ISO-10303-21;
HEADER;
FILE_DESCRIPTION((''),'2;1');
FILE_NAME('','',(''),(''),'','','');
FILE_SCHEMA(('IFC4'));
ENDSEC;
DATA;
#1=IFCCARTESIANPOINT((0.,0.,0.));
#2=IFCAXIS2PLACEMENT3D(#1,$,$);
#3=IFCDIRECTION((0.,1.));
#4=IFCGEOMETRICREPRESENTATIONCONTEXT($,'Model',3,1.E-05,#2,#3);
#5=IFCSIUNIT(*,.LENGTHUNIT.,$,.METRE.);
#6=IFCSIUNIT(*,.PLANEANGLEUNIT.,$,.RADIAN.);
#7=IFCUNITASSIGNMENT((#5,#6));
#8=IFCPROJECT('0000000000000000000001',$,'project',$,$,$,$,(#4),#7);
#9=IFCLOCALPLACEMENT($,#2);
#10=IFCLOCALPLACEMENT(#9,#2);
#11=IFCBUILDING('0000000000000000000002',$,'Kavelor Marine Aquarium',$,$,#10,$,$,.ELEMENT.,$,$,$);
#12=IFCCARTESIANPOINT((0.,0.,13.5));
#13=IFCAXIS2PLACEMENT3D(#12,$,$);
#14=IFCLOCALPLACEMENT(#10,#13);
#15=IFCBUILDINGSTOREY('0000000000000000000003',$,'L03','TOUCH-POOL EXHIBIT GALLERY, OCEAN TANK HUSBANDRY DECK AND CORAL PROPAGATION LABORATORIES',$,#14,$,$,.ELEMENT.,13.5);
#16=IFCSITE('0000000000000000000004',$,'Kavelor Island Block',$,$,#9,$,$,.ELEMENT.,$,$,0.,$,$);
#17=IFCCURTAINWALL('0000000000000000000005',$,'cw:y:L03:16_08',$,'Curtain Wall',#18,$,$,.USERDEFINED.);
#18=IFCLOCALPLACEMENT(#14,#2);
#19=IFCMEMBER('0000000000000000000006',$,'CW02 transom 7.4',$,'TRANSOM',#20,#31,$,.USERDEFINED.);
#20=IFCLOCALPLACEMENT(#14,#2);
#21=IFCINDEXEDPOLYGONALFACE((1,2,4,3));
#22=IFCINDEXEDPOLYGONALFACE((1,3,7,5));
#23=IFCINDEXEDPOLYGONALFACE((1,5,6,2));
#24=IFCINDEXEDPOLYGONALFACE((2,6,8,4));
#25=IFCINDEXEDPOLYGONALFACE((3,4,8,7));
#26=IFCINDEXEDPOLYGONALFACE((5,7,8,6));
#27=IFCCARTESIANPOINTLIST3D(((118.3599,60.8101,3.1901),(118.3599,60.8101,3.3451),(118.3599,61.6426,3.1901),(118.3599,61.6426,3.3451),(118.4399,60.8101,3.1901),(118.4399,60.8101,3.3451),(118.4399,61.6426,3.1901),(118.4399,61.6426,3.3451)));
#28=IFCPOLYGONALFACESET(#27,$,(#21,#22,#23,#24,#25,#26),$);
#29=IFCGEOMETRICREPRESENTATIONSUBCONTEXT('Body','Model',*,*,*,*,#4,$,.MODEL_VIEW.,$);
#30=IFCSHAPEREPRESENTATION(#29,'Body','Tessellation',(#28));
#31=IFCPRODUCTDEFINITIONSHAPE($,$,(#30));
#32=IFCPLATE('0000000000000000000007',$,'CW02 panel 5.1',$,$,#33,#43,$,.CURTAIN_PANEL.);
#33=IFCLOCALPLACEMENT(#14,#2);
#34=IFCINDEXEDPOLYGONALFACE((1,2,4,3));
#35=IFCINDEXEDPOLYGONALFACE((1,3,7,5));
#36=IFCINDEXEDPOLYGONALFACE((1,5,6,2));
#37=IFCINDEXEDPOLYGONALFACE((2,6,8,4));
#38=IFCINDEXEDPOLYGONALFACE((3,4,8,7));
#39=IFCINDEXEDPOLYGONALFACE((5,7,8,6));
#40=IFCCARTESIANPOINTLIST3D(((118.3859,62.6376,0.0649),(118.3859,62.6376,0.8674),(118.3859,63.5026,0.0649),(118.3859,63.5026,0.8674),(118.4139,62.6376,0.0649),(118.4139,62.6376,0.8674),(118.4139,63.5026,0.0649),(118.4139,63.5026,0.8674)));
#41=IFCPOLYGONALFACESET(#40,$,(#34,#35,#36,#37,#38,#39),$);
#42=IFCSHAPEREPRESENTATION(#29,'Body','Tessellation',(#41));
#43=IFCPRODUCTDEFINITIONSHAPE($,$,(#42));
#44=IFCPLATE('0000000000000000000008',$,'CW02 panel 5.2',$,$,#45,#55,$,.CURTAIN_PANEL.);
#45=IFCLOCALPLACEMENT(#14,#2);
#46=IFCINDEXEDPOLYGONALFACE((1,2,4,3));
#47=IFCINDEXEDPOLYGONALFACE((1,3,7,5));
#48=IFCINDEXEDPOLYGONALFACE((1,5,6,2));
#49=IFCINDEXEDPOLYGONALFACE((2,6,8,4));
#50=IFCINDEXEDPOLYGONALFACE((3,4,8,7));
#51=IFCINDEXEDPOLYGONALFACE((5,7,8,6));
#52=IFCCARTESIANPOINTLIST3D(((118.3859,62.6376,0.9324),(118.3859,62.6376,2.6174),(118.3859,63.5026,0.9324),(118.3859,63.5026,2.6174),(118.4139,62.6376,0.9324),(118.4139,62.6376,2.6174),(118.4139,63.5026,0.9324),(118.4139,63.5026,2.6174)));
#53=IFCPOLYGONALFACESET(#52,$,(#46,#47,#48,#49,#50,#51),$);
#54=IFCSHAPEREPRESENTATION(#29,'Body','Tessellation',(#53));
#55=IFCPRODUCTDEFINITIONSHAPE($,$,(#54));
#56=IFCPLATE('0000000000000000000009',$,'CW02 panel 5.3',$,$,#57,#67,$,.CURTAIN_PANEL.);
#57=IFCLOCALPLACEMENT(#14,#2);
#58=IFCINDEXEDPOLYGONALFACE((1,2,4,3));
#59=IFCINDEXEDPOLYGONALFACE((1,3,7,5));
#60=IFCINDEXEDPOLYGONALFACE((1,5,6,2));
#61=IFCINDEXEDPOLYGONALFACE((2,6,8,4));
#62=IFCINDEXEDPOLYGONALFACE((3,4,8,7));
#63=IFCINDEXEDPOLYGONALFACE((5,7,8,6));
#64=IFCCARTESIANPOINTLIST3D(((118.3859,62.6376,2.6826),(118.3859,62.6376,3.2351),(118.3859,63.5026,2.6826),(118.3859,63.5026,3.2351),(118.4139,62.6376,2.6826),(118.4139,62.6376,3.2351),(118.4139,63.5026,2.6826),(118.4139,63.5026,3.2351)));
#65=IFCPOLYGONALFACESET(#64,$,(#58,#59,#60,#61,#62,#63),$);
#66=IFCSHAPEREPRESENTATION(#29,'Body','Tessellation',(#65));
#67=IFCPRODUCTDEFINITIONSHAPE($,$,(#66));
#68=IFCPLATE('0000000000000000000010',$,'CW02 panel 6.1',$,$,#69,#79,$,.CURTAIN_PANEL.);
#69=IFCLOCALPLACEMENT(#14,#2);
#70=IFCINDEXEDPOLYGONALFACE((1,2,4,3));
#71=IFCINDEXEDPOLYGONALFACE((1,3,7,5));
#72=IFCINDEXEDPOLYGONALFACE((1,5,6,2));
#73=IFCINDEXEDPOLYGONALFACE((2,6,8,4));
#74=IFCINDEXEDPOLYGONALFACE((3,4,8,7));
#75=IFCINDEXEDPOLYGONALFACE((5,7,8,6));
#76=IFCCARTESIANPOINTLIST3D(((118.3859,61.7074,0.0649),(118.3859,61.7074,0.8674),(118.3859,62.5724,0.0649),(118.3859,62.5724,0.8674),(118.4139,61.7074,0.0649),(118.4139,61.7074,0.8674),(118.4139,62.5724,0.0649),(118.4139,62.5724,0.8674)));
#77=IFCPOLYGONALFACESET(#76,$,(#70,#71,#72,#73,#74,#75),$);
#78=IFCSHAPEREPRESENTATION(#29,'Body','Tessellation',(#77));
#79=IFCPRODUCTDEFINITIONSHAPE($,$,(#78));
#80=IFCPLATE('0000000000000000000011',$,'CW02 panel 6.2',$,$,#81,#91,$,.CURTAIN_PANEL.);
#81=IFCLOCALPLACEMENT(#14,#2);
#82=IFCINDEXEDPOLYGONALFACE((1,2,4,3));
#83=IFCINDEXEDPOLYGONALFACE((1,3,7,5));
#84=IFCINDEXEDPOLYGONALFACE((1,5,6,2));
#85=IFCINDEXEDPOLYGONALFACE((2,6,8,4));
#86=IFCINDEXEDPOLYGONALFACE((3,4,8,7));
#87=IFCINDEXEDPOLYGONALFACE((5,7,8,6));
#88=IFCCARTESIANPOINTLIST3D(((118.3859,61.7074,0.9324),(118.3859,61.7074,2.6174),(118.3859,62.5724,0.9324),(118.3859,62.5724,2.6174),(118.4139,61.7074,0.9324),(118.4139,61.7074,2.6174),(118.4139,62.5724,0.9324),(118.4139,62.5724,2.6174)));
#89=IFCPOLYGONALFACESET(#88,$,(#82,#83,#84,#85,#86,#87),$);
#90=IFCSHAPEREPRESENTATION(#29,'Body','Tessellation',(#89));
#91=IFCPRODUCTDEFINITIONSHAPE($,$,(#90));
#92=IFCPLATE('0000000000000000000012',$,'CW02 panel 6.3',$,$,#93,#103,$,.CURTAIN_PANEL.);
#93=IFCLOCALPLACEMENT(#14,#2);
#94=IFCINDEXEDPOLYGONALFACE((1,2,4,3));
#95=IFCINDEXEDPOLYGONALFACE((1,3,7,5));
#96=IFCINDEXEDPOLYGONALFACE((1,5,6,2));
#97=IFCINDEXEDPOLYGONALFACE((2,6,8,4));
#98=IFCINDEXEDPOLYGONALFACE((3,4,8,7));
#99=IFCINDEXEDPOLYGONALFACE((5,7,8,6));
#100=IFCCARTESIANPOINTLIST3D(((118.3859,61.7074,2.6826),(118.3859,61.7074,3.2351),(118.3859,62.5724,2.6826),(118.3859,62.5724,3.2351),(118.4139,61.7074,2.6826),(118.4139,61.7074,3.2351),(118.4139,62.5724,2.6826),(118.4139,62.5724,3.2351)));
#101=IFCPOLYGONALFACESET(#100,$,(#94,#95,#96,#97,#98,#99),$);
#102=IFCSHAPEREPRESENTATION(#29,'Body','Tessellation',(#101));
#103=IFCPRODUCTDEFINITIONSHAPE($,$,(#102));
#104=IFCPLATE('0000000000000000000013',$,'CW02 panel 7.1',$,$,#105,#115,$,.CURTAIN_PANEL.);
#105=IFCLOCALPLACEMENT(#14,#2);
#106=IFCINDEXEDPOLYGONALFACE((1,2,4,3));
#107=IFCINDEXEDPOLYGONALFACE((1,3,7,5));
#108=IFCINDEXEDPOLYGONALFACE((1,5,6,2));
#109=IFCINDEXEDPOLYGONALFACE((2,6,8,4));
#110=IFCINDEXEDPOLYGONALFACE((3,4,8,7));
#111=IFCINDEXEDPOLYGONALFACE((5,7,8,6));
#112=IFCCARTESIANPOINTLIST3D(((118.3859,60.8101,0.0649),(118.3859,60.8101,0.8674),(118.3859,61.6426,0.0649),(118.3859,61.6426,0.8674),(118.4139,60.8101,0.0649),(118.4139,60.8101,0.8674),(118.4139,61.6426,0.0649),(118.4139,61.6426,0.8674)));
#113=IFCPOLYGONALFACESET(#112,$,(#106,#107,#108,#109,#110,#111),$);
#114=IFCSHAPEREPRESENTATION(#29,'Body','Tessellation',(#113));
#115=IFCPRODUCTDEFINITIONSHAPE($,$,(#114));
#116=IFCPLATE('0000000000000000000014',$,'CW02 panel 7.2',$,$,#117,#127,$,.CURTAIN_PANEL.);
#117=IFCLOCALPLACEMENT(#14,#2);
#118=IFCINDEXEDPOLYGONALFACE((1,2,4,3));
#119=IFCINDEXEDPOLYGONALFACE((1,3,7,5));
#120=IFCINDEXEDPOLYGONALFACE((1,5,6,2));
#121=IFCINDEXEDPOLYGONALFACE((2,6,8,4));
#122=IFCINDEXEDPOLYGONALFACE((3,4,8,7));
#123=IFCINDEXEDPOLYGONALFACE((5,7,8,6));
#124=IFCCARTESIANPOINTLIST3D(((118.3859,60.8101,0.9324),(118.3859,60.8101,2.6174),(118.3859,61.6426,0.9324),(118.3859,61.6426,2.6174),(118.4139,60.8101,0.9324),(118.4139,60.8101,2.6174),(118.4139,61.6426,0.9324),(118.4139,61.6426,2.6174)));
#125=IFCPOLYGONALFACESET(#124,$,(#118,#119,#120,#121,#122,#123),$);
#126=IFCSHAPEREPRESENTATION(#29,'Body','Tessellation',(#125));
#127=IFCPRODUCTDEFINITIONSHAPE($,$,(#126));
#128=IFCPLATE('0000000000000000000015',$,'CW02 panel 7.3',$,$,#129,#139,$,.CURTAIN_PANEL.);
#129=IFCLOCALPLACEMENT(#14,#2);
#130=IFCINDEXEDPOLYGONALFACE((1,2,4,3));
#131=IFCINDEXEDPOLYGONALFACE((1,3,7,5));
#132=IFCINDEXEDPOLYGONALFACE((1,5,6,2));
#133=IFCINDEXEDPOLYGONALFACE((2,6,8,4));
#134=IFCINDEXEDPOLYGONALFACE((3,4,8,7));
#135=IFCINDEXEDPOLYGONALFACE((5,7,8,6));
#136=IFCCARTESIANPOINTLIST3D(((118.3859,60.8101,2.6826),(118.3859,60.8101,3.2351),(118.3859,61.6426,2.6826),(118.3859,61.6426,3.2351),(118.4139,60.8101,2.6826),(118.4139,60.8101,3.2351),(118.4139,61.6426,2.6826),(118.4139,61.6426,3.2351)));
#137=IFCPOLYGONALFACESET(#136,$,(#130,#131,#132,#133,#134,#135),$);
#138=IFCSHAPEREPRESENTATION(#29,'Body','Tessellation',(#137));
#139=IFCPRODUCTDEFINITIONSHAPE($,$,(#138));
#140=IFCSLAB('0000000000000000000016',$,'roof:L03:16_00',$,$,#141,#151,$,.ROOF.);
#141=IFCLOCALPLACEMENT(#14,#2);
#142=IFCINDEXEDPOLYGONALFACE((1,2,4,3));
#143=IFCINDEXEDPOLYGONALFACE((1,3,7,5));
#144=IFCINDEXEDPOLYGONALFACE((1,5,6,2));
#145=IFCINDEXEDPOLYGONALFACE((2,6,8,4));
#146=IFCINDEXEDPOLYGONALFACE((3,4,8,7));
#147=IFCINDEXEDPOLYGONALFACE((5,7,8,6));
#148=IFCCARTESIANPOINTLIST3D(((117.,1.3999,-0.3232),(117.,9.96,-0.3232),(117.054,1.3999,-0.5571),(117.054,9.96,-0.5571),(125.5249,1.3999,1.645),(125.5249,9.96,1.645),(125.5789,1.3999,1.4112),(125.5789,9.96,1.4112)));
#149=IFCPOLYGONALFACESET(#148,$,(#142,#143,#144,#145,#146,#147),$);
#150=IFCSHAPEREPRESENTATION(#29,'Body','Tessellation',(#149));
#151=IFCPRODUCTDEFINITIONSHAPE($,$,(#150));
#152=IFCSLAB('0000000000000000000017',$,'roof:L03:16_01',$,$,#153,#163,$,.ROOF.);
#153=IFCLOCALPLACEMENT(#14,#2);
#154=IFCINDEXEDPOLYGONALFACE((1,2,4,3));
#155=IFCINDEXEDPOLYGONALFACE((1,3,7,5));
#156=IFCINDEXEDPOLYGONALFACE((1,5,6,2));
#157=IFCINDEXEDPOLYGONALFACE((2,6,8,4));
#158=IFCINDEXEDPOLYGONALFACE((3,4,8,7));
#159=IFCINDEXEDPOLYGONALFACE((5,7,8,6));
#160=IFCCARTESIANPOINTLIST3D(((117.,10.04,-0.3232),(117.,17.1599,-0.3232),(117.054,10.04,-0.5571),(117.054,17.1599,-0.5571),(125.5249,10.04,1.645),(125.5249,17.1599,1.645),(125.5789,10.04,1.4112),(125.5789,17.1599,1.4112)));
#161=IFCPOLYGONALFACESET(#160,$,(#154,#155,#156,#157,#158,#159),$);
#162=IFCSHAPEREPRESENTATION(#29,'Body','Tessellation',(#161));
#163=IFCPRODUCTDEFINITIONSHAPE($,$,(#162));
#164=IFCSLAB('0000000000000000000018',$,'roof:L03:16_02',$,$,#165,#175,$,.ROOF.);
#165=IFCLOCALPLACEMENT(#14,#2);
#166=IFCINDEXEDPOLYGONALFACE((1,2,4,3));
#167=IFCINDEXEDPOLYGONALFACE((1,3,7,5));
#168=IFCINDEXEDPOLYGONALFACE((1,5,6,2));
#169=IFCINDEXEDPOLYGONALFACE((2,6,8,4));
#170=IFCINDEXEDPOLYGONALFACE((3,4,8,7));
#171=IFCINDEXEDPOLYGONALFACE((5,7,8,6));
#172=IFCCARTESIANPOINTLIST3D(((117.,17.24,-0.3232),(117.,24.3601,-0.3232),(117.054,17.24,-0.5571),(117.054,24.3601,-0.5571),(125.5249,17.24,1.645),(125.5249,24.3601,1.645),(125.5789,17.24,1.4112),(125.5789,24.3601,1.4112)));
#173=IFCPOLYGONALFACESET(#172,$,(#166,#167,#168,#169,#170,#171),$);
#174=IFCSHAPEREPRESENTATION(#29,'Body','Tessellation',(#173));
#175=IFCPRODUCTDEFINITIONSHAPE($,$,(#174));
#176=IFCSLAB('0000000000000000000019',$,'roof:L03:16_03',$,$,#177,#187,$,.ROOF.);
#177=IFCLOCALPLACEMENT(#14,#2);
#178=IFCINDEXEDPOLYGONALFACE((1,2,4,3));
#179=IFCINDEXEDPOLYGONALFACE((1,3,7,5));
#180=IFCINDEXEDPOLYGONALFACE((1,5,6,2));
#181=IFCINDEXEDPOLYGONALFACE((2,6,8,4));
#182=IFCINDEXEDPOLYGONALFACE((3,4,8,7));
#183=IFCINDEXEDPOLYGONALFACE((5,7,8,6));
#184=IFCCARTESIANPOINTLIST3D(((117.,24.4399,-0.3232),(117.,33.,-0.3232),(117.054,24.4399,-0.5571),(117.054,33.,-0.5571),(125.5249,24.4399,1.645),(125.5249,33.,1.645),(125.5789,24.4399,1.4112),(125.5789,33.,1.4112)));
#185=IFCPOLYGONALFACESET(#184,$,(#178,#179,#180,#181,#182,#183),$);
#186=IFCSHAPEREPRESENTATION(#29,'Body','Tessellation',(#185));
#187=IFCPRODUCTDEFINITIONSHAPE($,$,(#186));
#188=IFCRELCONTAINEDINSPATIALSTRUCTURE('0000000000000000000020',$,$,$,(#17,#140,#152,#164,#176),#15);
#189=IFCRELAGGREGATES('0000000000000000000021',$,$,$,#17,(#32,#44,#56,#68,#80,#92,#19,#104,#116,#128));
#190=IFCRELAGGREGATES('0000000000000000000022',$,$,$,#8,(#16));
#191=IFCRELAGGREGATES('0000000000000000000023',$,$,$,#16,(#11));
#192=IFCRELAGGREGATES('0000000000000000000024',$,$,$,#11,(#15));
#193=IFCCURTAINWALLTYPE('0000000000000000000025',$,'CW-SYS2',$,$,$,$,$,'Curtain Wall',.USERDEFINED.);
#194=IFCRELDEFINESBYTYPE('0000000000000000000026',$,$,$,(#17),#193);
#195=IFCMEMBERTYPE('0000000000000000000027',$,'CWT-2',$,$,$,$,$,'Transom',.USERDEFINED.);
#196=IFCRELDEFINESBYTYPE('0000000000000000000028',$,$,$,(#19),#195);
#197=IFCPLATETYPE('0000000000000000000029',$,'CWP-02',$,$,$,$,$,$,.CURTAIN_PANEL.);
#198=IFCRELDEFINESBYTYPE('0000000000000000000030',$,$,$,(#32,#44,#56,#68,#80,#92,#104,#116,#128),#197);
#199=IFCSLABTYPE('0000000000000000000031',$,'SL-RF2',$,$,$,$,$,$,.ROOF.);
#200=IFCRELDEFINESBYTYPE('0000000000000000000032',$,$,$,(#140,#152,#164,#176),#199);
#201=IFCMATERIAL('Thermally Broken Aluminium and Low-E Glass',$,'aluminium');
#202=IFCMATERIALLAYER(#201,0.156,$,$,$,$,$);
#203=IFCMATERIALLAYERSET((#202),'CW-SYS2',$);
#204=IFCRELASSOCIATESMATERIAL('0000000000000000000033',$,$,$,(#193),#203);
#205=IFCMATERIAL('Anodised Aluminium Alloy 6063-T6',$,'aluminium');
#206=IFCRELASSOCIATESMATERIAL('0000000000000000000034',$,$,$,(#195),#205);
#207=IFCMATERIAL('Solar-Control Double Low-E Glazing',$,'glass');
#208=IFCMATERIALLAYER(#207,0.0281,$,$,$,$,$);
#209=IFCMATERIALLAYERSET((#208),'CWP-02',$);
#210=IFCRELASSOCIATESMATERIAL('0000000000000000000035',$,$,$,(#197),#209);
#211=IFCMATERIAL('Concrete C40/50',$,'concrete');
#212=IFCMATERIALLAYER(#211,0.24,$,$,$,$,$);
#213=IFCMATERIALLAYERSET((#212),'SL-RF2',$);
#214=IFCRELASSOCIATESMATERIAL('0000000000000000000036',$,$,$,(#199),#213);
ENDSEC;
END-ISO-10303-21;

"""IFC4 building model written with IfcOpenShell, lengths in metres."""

from ifc_helpers import new_model, si_unit, direction, frame, origin, origin_2d, place, context, subcontext, project, spatial, polyline, rectangle, outline, extrude, material, layer, layer_set, material_profile, profile_set, type_object, element, aggregate, save


model = new_model("IFC4")

# Units and contexts
model_context = context("Model", 3, precision=1e-05, world=origin(), true_north=direction((0.0, 1.0)))
body_context = subcontext(model_context, "Body", "Model", "MODEL_VIEW")
ifc_project = project(units=[si_unit("LENGTHUNIT", "METRE"), si_unit("PLANEANGLEUNIT", "RADIAN")], contexts=[model_context])

# Site, building, storey
site_placement = place(None, origin())
site = spatial("IfcSite", under=ifc_project, at=site_placement, Name="Kavelor Island Block", CompositionType="ELEMENT", RefElevation=0.0)
building_placement = place(site_placement, origin())
building = spatial("IfcBuilding", under=site, at=building_placement, Name="Kavelor Marine Aquarium", CompositionType="ELEMENT")
storey_placement = place(building_placement, frame((0.0, 0.0, 13.5)))
storey = spatial("IfcBuildingStorey", under=building, at=storey_placement, Name="L03", Description="TOUCH-POOL EXHIBIT GALLERY, OCEAN TANK HUSBANDRY DECK AND CORAL PROPAGATION LABORATORIES", CompositionType="ELEMENT", Elevation=13.5)

# Curtain wall, member, plates
ifc_material_1 = material(Name="Thermally Broken Aluminium and Low-E Glass", Category="aluminium")
ifc_layer_1 = layer(ifc_material_1, 0.156)
ifc_layer_set_1 = layer_set([ifc_layer_1], Name="CW-SYS2")
curtain_wall_type = type_object("IfcCurtainWallType", Name="CW-SYS2", ElementType="Curtain Wall", PredefinedType="USERDEFINED", material=ifc_layer_set_1)
curtain_wall_placement = place(storey_placement, origin())
curtain_wall = element("IfcCurtainWall", 1, at=curtain_wall_placement, inside=storey, type_object=curtain_wall_type, Name="cw:y:L03:16_08", ObjectType="Curtain Wall", PredefinedType="USERDEFINED")
ifc_material_2 = material(Name="Anodised Aluminium Alloy 6063-T6", Category="aluminium")
ifc_material_profile_1 = material_profile(ifc_material_2, rectangle(XDim=0.0801, YDim=0.155, at=origin_2d()), Name="CW-TRN 80x155")
ifc_profile_set_1 = profile_set([ifc_material_profile_1], Name="Anodised Aluminium Alloy 6063-T6")
member_type_1 = type_object("IfcMemberType", Name="CWT-2", ElementType="Transom", PredefinedType="USERDEFINED", material=ifc_profile_set_1)
member_1_placement = place(storey_placement, frame((118.3999, 61.6426, 3.2676), z_axis=(0.0, -1.0, 0.0), x_axis=(1.0, 0.0, 0.0)))
member_1 = element("IfcMember", 2, at=member_1_placement, type_object=member_type_1, Name="CW02 transom 7.4", ObjectType="TRANSOM", PredefinedType="USERDEFINED", context=body_context, shape_type="SweptSolid", body=[
    extrude(rectangle(XDim=0.0801, YDim=0.155, at=origin_2d()), origin(), (0.0, 0.0, 1.0), 0.8325),
])
ifc_material_3 = material(Name="Solar-Control Double Low-E Glazing", Category="glass")
ifc_layer_2 = layer(ifc_material_3, 0.0281)
ifc_layer_set_2 = layer_set([ifc_layer_2], Name="CWP-02")
plate_type = type_object("IfcPlateType", Name="CWP-02", PredefinedType="CURTAIN_PANEL", material=ifc_layer_set_2)
plate_1_placement = place(storey_placement, frame((118.3999, 63.0701, 0.0649), z_axis=(0.0, 0.0, 1.0), x_axis=(0.0, -1.0, 0.0)))
plate_1 = element("IfcPlate", 3, at=plate_1_placement, type_object=plate_type, Name="CW02 panel 5.1", PredefinedType="CURTAIN_PANEL", context=body_context, shape_type="SweptSolid", body=[
    extrude(rectangle(XDim=0.865, YDim=0.0281, at=origin_2d()), origin(), (0.0, 0.0, 1.0), 0.8025),
])
plate_2_placement = place(storey_placement, frame((118.3999, 63.0701, 0.9324), z_axis=(0.0, 0.0, 1.0), x_axis=(0.0, -1.0, 0.0)))
plate_2 = element("IfcPlate", 4, at=plate_2_placement, type_object=plate_type, Name="CW02 panel 5.2", PredefinedType="CURTAIN_PANEL", context=body_context, shape_type="SweptSolid", body=[
    extrude(rectangle(XDim=0.865, YDim=0.0281, at=origin_2d()), origin(), (0.0, 0.0, 1.0), 1.6851),
])
plate_3_placement = place(storey_placement, frame((118.3999, 63.0701, 2.6826), z_axis=(0.0, 0.0, 1.0), x_axis=(0.0, -1.0, 0.0)))
plate_3 = element("IfcPlate", 5, at=plate_3_placement, type_object=plate_type, Name="CW02 panel 5.3", PredefinedType="CURTAIN_PANEL", context=body_context, shape_type="SweptSolid", body=[
    extrude(rectangle(XDim=0.865, YDim=0.0281, at=origin_2d()), origin(), (0.0, 0.0, 1.0), 0.5525),
])
plate_4_placement = place(storey_placement, frame((118.3999, 62.1399, 0.0649), z_axis=(0.0, 0.0, 1.0), x_axis=(0.0, -1.0, 0.0)))
plate_4 = element("IfcPlate", 6, at=plate_4_placement, type_object=plate_type, Name="CW02 panel 6.1", PredefinedType="CURTAIN_PANEL", context=body_context, shape_type="SweptSolid", body=[
    extrude(rectangle(XDim=0.865, YDim=0.0281, at=origin_2d()), origin(), (0.0, 0.0, 1.0), 0.8025),
])
plate_5_placement = place(storey_placement, frame((118.3999, 62.1399, 0.9324), z_axis=(0.0, 0.0, 1.0), x_axis=(0.0, -1.0, 0.0)))
plate_5 = element("IfcPlate", 7, at=plate_5_placement, type_object=plate_type, Name="CW02 panel 6.2", PredefinedType="CURTAIN_PANEL", context=body_context, shape_type="SweptSolid", body=[
    extrude(rectangle(XDim=0.865, YDim=0.0281, at=origin_2d()), origin(), (0.0, 0.0, 1.0), 1.6851),
])
plate_6_placement = place(storey_placement, frame((118.3999, 62.1399, 2.6826), z_axis=(0.0, 0.0, 1.0), x_axis=(0.0, -1.0, 0.0)))
plate_6 = element("IfcPlate", 8, at=plate_6_placement, type_object=plate_type, Name="CW02 panel 6.3", PredefinedType="CURTAIN_PANEL", context=body_context, shape_type="SweptSolid", body=[
    extrude(rectangle(XDim=0.865, YDim=0.0281, at=origin_2d()), origin(), (0.0, 0.0, 1.0), 0.5525),
])
plate_7_placement = place(storey_placement, frame((118.3999, 61.2263, 0.0649), z_axis=(0.0, 0.0, 1.0), x_axis=(0.0, -1.0, 0.0)))
plate_7 = element("IfcPlate", 9, at=plate_7_placement, type_object=plate_type, Name="CW02 panel 7.1", PredefinedType="CURTAIN_PANEL", context=body_context, shape_type="SweptSolid", body=[
    extrude(rectangle(XDim=0.8325, YDim=0.0281, at=origin_2d()), origin(), (0.0, 0.0, 1.0), 0.8025),
])
plate_8_placement = place(storey_placement, frame((118.3999, 61.2263, 0.9324), z_axis=(0.0, 0.0, 1.0), x_axis=(0.0, -1.0, 0.0)))
plate_8 = element("IfcPlate", 10, at=plate_8_placement, type_object=plate_type, Name="CW02 panel 7.2", PredefinedType="CURTAIN_PANEL", context=body_context, shape_type="SweptSolid", body=[
    extrude(rectangle(XDim=0.8325, YDim=0.0281, at=origin_2d()), origin(), (0.0, 0.0, 1.0), 1.6851),
])
plate_9_placement = place(storey_placement, frame((118.3999, 61.2263, 2.6826), z_axis=(0.0, 0.0, 1.0), x_axis=(0.0, -1.0, 0.0)))
plate_9 = element("IfcPlate", 11, at=plate_9_placement, type_object=plate_type, Name="CW02 panel 7.3", PredefinedType="CURTAIN_PANEL", context=body_context, shape_type="SweptSolid", body=[
    extrude(rectangle(XDim=0.8325, YDim=0.0281, at=origin_2d()), origin(), (0.0, 0.0, 1.0), 0.5525),
])
aggregate(curtain_wall, [plate_1, plate_2, plate_3, plate_4, plate_5, plate_6, member_1, plate_7, plate_8, plate_9])

# Slabs
ifc_material_4 = material(Name="Concrete C40/50", Category="concrete")
ifc_layer_3 = layer(ifc_material_4, 0.24)
ifc_layer_set_3 = layer_set([ifc_layer_3], Name="SL-RF2")
slab_type = type_object("IfcSlabType", Name="SL-RF2", PredefinedType="ROOF", material=ifc_layer_set_3)
slab_1_placement = place(storey_placement, frame((117.0, 1.3999, -0.3232), z_axis=(-0.224965, 0.0, 0.974367), x_axis=(0.974367, 0.0, 0.224965)))
element("IfcSlab", 12, at=slab_1_placement, inside=storey, type_object=slab_type, Name="roof:L03:16_00", PredefinedType="ROOF", context=body_context, shape_type="SweptSolid", body=[
    extrude(outline(polyline([(0.0, 0.0), (8.7492, 0.0), (8.7492, 8.5601), (0.0, 8.5601), (0.0, 0.0)])), origin(), (0.0, 0.0, -1.0), 0.24),
])
slab_2_placement = place(storey_placement, frame((117.0, 10.04, -0.3232), z_axis=(-0.224965, 0.0, 0.974367), x_axis=(0.974367, 0.0, 0.224965)))
element("IfcSlab", 13, at=slab_2_placement, inside=storey, type_object=slab_type, Name="roof:L03:16_01", PredefinedType="ROOF", context=body_context, shape_type="SweptSolid", body=[
    extrude(outline(polyline([(0.0, 0.0), (8.7492, 0.0), (8.7492, 7.1199), (0.0, 7.1199), (0.0, 0.0)])), origin(), (0.0, 0.0, -1.0), 0.24),
])
slab_3_placement = place(storey_placement, frame((117.0, 17.24, -0.3232), z_axis=(-0.224965, 0.0, 0.974367), x_axis=(0.974367, 0.0, 0.224965)))
element("IfcSlab", 14, at=slab_3_placement, inside=storey, type_object=slab_type, Name="roof:L03:16_02", PredefinedType="ROOF", context=body_context, shape_type="SweptSolid", body=[
    extrude(outline(polyline([(0.0, 0.0), (8.7492, 0.0), (8.7492, 7.1201), (0.0, 7.1201), (0.0, 0.0)])), origin(), (0.0, 0.0, -1.0), 0.24),
])
slab_4_placement = place(storey_placement, frame((117.0, 24.4399, -0.3232), z_axis=(-0.224965, 0.0, 0.974367), x_axis=(0.974367, 0.0, 0.224965)))
element("IfcSlab", 15, at=slab_4_placement, inside=storey, type_object=slab_type, Name="roof:L03:16_03", PredefinedType="ROOF", context=body_context, shape_type="SweptSolid", body=[
    extrude(outline(polyline([(0.0, 0.0), (8.7492, 0.0), (8.7492, 8.5601), (0.0, 8.5601), (0.0, 0.0)])), origin(), (0.0, 0.0, -1.0), 0.24),
])

save(model, "model.ifc")
